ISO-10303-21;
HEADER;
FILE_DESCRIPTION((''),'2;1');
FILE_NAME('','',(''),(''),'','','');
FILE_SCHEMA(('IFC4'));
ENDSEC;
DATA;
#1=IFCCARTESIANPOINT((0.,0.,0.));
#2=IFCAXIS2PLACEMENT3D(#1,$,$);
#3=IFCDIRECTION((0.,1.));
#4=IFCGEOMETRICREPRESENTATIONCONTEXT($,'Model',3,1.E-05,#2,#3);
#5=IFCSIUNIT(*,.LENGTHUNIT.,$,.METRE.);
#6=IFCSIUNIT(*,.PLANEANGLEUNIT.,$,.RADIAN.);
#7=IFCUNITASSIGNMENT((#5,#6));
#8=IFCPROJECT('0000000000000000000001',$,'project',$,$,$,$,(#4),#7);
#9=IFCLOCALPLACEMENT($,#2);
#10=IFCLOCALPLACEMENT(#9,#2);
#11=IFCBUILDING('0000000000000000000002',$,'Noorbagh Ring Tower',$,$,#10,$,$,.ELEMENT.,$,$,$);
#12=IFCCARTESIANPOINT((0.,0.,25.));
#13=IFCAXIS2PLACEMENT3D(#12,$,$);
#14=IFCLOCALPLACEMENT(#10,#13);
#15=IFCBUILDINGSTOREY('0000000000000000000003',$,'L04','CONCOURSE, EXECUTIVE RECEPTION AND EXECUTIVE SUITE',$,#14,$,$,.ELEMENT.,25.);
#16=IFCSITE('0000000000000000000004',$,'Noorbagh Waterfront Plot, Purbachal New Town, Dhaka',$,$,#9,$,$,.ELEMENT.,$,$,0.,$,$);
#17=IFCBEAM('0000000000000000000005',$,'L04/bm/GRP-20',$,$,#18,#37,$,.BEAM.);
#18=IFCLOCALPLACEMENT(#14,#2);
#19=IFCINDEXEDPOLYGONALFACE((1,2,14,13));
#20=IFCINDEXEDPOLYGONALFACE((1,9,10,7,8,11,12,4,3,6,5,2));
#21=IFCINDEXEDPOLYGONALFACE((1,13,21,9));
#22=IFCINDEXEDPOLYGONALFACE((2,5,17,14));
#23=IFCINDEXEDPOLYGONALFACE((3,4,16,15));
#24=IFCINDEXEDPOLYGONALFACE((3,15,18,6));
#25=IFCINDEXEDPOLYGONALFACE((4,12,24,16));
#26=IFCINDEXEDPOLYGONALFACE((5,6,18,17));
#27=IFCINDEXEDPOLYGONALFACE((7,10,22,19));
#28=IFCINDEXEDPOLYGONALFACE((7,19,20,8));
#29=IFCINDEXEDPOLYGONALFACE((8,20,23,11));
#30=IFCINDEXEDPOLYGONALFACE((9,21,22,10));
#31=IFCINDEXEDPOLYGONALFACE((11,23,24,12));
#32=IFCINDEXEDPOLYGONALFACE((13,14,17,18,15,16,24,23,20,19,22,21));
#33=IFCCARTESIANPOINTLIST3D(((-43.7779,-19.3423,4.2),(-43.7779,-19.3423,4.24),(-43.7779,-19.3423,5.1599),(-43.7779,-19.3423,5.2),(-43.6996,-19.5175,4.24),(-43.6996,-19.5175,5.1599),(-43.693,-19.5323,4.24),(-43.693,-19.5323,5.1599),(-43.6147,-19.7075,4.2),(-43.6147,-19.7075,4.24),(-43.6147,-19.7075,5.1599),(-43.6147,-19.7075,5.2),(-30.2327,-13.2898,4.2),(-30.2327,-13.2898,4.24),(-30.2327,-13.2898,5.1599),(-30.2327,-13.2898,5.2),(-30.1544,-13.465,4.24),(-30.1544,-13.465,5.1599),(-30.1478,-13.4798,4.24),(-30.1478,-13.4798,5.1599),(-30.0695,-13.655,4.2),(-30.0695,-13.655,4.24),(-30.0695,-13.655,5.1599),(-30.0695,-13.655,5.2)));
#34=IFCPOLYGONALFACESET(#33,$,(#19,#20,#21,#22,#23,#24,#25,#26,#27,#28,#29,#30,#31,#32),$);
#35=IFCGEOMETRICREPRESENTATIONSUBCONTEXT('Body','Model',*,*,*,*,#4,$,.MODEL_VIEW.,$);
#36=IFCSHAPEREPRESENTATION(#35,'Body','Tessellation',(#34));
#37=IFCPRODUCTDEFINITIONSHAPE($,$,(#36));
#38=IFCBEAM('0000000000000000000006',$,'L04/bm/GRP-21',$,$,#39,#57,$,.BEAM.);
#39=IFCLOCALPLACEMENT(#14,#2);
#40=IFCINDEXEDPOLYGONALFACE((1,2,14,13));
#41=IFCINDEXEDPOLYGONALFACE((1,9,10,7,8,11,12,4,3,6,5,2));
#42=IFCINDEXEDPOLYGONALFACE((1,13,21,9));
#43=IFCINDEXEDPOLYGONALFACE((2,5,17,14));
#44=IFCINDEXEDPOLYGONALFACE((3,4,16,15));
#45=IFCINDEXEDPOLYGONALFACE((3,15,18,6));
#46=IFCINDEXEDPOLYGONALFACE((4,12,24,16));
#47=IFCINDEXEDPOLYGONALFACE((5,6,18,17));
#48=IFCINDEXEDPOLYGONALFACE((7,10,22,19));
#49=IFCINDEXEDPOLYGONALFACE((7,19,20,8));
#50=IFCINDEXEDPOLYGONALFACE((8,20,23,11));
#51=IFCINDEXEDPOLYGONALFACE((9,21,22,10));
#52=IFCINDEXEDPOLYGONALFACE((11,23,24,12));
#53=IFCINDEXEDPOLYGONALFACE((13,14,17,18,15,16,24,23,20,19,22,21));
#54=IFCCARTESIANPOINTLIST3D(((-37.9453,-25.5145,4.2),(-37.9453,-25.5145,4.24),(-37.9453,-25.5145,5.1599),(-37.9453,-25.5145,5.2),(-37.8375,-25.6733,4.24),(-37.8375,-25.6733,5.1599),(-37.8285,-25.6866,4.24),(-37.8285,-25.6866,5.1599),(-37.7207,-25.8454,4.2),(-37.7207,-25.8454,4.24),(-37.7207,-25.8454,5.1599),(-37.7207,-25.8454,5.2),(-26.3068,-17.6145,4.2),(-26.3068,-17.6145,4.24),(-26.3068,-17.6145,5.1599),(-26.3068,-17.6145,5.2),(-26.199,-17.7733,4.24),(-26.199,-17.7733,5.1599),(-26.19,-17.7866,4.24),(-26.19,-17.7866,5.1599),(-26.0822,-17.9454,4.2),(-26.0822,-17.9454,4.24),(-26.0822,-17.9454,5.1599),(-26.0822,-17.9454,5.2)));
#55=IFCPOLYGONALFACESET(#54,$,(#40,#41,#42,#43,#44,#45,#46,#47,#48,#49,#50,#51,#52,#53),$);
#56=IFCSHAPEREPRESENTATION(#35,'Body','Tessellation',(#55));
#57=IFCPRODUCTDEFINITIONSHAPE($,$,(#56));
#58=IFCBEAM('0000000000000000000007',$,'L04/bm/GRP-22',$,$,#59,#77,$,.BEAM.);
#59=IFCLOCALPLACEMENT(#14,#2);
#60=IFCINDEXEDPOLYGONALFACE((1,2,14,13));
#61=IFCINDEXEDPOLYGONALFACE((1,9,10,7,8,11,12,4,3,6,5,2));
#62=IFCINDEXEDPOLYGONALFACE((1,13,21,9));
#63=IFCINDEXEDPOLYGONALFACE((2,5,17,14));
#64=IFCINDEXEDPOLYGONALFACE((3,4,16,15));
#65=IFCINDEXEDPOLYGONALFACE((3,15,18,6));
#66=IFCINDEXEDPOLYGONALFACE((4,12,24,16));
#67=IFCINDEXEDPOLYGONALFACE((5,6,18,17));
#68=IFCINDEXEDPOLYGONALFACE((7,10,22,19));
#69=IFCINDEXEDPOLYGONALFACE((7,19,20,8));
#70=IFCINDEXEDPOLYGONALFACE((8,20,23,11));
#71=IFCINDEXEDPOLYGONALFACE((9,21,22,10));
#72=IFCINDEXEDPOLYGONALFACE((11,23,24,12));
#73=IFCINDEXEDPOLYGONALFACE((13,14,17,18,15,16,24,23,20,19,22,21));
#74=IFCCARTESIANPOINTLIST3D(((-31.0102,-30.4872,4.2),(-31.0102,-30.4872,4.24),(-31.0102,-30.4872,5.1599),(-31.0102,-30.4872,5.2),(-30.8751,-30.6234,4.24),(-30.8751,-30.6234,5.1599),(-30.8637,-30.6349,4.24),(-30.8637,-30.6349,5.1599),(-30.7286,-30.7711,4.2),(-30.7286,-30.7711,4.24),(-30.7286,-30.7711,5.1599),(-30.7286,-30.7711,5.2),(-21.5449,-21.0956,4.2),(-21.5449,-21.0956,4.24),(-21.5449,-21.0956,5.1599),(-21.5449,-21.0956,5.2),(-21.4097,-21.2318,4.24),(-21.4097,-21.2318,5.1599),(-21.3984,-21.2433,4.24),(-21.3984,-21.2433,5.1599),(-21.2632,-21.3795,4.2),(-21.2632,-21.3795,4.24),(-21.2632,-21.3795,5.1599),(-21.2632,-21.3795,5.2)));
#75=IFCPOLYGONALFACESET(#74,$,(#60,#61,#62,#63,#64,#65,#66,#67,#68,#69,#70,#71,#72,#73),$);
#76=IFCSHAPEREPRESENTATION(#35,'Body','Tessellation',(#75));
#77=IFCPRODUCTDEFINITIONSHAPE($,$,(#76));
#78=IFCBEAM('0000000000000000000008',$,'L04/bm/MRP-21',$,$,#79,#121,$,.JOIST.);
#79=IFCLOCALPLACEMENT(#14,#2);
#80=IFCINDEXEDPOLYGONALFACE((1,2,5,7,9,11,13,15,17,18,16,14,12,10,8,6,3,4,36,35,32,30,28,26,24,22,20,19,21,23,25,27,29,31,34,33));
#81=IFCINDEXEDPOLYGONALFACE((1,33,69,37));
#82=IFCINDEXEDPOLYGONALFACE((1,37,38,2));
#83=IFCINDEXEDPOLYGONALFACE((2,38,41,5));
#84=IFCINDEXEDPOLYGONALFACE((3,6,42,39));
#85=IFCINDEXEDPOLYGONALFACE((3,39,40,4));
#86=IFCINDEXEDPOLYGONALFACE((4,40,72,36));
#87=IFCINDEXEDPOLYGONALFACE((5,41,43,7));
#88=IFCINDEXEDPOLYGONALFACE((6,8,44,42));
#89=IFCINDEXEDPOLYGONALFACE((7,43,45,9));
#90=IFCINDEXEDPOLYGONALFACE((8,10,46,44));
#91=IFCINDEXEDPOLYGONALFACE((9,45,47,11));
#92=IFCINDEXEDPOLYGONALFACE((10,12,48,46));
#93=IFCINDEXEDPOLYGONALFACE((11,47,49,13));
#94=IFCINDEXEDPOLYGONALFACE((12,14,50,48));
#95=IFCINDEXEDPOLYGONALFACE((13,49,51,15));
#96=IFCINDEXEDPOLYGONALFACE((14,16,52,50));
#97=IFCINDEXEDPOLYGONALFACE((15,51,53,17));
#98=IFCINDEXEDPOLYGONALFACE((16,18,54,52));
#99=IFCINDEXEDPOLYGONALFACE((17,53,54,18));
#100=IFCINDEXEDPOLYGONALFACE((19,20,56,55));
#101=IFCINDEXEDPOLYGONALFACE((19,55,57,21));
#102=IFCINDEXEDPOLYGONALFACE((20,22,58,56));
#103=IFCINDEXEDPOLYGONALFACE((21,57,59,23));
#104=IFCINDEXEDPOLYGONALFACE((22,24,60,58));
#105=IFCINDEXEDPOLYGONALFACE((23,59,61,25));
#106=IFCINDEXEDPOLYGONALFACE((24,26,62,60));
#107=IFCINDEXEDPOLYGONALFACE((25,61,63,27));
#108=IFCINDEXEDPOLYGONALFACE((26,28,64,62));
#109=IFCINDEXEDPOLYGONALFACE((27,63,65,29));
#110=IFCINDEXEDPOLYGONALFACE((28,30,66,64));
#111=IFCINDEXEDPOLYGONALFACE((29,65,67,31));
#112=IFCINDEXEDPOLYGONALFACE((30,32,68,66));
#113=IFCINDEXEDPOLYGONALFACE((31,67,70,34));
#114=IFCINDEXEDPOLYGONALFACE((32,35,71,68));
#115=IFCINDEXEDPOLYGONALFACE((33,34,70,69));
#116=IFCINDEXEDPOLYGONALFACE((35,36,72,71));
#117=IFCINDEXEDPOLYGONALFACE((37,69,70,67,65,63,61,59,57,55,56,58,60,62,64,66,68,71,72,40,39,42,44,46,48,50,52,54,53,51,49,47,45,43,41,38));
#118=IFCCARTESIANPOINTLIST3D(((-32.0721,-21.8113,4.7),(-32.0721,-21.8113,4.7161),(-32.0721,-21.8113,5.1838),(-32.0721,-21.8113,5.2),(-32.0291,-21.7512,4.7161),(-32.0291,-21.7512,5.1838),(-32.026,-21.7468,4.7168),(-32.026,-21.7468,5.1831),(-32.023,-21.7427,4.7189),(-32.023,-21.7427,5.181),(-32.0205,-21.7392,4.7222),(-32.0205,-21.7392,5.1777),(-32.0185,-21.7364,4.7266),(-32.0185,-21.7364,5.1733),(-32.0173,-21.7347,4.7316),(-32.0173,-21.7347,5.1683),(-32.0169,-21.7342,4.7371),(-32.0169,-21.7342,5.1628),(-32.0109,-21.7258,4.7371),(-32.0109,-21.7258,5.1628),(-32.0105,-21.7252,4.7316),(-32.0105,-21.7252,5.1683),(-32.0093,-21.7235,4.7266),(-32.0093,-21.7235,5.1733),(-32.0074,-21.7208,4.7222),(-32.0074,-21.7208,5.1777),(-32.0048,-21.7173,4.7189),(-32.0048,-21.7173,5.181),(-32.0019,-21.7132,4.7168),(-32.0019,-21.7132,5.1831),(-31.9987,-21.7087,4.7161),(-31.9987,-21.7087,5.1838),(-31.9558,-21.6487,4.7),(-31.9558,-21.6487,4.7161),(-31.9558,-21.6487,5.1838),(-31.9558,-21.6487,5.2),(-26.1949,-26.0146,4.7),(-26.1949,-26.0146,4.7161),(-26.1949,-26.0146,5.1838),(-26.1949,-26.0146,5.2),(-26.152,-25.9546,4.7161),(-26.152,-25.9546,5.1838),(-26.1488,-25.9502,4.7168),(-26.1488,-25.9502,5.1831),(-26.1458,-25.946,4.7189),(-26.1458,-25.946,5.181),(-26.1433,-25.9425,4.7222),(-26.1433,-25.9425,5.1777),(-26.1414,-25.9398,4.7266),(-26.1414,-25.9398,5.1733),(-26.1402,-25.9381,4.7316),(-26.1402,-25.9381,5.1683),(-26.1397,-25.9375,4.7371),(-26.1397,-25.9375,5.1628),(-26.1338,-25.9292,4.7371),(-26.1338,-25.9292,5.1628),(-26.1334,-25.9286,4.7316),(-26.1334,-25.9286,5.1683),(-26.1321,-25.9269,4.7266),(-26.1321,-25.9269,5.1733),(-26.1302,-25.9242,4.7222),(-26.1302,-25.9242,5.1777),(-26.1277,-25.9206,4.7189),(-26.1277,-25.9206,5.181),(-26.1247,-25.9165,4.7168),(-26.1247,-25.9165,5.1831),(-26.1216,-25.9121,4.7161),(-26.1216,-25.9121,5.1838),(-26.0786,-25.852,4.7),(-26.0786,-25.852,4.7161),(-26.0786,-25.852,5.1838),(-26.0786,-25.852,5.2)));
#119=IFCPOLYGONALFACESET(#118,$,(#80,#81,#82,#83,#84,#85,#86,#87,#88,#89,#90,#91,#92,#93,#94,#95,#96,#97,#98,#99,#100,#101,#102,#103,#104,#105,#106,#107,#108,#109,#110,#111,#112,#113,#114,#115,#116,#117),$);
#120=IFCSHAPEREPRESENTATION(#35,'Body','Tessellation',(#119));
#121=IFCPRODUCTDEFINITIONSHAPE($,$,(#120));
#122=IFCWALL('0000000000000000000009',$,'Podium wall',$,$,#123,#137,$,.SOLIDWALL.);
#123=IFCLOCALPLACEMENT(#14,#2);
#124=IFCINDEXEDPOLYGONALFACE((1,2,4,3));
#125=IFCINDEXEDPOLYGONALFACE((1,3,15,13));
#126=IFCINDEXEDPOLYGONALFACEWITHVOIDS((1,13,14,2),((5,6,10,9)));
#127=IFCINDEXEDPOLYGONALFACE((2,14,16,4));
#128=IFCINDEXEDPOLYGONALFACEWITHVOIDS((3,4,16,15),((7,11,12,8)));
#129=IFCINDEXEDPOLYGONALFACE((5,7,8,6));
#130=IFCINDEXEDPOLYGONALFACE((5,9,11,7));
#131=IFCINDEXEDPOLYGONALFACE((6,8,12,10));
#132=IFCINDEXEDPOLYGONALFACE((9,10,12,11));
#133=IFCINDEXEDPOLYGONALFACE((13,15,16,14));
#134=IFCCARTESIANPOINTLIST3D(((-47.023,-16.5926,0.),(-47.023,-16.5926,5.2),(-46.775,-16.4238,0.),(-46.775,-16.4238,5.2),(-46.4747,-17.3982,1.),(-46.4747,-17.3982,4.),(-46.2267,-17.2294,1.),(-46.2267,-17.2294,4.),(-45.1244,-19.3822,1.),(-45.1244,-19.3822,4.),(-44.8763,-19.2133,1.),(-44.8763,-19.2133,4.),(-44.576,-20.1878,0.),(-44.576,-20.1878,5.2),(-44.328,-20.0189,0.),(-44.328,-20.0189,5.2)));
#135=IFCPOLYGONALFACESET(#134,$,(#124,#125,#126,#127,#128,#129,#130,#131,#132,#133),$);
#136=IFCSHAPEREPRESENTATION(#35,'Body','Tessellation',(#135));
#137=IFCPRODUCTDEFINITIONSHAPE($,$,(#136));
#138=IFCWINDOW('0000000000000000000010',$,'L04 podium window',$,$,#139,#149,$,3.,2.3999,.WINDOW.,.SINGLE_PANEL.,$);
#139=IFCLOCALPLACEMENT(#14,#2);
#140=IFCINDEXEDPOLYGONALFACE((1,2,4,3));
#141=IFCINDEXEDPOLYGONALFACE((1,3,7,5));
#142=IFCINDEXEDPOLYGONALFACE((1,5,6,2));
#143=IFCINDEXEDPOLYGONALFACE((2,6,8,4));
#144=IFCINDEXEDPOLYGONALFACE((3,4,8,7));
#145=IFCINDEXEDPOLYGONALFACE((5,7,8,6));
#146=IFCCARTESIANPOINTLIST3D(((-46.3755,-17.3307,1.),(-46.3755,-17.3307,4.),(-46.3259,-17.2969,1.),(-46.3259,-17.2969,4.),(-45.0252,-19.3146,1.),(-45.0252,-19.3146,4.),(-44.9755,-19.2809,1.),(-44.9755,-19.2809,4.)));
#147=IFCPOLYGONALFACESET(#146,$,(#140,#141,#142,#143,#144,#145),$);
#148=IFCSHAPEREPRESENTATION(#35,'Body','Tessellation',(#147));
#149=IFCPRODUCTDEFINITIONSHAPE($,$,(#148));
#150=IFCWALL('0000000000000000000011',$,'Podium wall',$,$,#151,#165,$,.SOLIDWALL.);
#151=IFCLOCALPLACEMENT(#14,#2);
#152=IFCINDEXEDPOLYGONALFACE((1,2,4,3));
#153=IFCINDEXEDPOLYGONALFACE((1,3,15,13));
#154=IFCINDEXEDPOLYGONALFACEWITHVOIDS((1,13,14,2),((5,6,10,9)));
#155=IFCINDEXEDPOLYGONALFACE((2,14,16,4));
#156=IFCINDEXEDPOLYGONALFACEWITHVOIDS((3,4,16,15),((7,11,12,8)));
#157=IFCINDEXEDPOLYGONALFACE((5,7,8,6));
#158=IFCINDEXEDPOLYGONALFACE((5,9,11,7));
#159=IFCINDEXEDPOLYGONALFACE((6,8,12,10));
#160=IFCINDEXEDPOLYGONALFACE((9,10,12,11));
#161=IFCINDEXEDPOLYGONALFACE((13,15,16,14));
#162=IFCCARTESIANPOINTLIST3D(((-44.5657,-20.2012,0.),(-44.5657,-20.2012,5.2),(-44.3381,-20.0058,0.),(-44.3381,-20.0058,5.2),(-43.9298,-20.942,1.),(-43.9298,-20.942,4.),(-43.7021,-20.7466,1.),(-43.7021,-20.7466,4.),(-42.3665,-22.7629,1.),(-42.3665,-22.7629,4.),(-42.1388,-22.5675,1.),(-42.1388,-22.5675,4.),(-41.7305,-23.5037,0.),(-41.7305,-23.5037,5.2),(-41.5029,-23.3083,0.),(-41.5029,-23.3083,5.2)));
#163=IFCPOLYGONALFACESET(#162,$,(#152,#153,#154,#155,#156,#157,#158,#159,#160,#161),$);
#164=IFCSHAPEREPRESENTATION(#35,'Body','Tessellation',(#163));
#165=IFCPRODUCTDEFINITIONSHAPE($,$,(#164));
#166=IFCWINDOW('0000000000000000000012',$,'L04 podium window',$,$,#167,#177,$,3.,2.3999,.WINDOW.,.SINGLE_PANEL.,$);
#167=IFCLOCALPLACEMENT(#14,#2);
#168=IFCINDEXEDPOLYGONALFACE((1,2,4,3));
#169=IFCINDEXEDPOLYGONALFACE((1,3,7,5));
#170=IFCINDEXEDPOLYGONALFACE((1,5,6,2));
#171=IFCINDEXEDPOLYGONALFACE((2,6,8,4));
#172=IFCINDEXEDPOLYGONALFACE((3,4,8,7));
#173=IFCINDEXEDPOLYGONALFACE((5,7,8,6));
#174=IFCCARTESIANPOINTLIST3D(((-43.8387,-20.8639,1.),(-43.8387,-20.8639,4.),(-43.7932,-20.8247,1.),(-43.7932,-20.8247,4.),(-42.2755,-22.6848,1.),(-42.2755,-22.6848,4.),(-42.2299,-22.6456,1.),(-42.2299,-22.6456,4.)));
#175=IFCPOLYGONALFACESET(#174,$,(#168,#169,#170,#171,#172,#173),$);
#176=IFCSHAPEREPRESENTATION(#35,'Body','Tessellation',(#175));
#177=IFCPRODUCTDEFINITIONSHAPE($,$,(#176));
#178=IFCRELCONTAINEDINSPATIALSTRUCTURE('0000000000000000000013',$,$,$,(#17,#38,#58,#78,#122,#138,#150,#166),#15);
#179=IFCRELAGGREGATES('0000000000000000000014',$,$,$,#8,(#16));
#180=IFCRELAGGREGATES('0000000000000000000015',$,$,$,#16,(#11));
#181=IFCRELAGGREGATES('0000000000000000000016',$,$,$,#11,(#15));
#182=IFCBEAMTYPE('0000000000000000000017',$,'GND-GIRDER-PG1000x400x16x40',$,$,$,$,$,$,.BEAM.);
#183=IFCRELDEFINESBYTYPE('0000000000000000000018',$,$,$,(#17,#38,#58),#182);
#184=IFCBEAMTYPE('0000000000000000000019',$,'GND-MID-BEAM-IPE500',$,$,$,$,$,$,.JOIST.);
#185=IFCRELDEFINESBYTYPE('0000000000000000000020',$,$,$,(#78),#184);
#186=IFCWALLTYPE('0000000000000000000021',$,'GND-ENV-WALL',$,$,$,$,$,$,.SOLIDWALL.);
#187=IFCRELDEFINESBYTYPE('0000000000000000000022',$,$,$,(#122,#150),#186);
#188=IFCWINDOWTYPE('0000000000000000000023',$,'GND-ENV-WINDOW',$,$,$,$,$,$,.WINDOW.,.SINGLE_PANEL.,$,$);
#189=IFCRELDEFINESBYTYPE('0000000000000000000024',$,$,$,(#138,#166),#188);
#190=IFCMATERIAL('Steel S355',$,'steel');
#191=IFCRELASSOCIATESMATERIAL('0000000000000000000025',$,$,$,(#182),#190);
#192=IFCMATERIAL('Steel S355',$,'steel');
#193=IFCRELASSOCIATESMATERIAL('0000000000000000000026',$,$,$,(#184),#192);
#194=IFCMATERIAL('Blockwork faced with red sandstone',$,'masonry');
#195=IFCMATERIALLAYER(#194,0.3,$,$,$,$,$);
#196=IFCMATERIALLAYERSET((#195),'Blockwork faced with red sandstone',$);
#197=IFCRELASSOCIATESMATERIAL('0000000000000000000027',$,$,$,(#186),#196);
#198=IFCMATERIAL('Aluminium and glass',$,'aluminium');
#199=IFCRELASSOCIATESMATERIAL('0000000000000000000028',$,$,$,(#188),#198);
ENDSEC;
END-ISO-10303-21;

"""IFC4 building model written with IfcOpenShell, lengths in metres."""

from ifc_helpers import new_model, si_unit, direction, frame, frame_2d, origin, origin_2d, place, context, subcontext, project, spatial, rectangle, i_section, extrude, material, layer, layer_set, material_profile, profile_set, type_object, element, fill, save


model = new_model("IFC4")

# Units and contexts
model_context = context("Model", 3, precision=1e-05, world=origin(), true_north=direction((0.0, 1.0)))
body_context = subcontext(model_context, "Body", "Model", "MODEL_VIEW")
ifc_project = project(units=[si_unit("LENGTHUNIT", "METRE"), si_unit("PLANEANGLEUNIT", "RADIAN")], contexts=[model_context])

# Site, building, storey
site_placement = place(None, origin())
site = spatial("IfcSite", under=ifc_project, at=site_placement, Name="Noorbagh Waterfront Plot, Purbachal New Town, Dhaka", CompositionType="ELEMENT", RefElevation=0.0)
building_placement = place(site_placement, origin())
building = spatial("IfcBuilding", under=site, at=building_placement, Name="Noorbagh Ring Tower", CompositionType="ELEMENT")
storey_placement = place(building_placement, frame((0.0, 0.0, 25.0)))
storey = spatial("IfcBuildingStorey", under=building, at=storey_placement, Name="L04", Description="CONCOURSE, EXECUTIVE RECEPTION AND EXECUTIVE SUITE", CompositionType="ELEMENT", Elevation=25.0)

# Beams
ifc_material_1 = material(Name="Steel S355", Category="steel")
ifc_material_profile_1 = material_profile(ifc_material_1, i_section(OverallWidth=0.3999, OverallDepth=1.0, WebThickness=0.0161, FlangeThickness=0.04, at=origin_2d()), Name="PG1000x400x16x40")
ifc_profile_set_1 = profile_set([ifc_material_profile_1], Name="Steel S355")
beam_type_1 = type_object("IfcBeamType", Name="GND-GIRDER-PG1000x400x16x40", PredefinedType="BEAM", material=ifc_profile_set_1)
beam_1_placement = place(storey_placement, frame((-43.6963, -19.5249, 4.7), z_axis=(0.912999, 0.407962, 0.0), x_axis=(-0.407962, 0.912999, 0.0)))
element("IfcBeam", 1, at=beam_1_placement, inside=storey, type_object=beam_type_1, Name="L04/bm/GRP-20", PredefinedType="BEAM", context=body_context, shape_type="SweptSolid", body=[
    extrude(i_section(OverallWidth=0.3999, OverallDepth=1.0, WebThickness=0.0161, FlangeThickness=0.04, at=origin_2d()), origin(), (0.0, 0.0, 1.0), 14.8359),
])
beam_2_placement = place(storey_placement, frame((-37.833, -25.6799, 4.7), z_axis=(0.827397, 0.561618, 0.0), x_axis=(-0.561618, 0.827397, 0.0)))
element("IfcBeam", 2, at=beam_2_placement, inside=storey, type_object=beam_type_1, Name="L04/bm/GRP-21", PredefinedType="BEAM", context=body_context, shape_type="SweptSolid", body=[
    extrude(i_section(OverallWidth=0.3999, OverallDepth=1.0, WebThickness=0.0161, FlangeThickness=0.04, at=origin_2d()), origin(), (0.0, 0.0, 1.0), 14.0664),
])
beam_3_placement = place(storey_placement, frame((-30.8694, -30.6292, 4.7), z_axis=(0.709866, 0.704337, 0.0), x_axis=(-0.704337, 0.709866, 0.0)))
element("IfcBeam", 3, at=beam_3_placement, inside=storey, type_object=beam_type_1, Name="L04/bm/GRP-22", PredefinedType="BEAM", context=body_context, shape_type="SweptSolid", body=[
    extrude(i_section(OverallWidth=0.3999, OverallDepth=1.0, WebThickness=0.0161, FlangeThickness=0.04, at=origin_2d()), origin(), (0.0, 0.0, 1.0), 13.334),
])
ifc_material_2 = material(Name="Steel S355", Category="steel")
ifc_material_profile_2 = material_profile(ifc_material_2, i_section(OverallWidth=0.2, OverallDepth=0.5, WebThickness=0.0103, FlangeThickness=0.0161, FilletRadius=0.021, at=origin_2d()), Name="IPE500")
ifc_profile_set_2 = profile_set([ifc_material_profile_2], Name="Steel S355")
beam_type_2 = type_object("IfcBeamType", Name="GND-MID-BEAM-IPE500", PredefinedType="JOIST", material=ifc_profile_set_2)
beam_4_placement = place(storey_placement, frame((-32.0139, -21.73, 4.95), z_axis=(0.813382, -0.58173, 0.0), x_axis=(0.58173, 0.813382, 0.0)))
element("IfcBeam", 4, at=beam_4_placement, inside=storey, type_object=beam_type_2, Name="L04/bm/MRP-21", PredefinedType="JOIST", context=body_context, shape_type="SweptSolid", body=[
    extrude(i_section(OverallWidth=0.2, OverallDepth=0.5, WebThickness=0.0103, FlangeThickness=0.0161, FilletRadius=0.021, at=origin_2d()), origin(), (0.0, 0.0, 1.0), 7.2256),
])

# Walls, openings, windows
ifc_material_3 = material(Name="Blockwork faced with red sandstone", Category="masonry")
ifc_layer_1 = layer(ifc_material_3, 0.3)
ifc_layer_set_1 = layer_set([ifc_layer_1], Name="Blockwork faced with red sandstone")
wall_type = type_object("IfcWallType", Name="GND-ENV-WALL", PredefinedType="SOLIDWALL", material=ifc_layer_set_1)
wall_1_placement = place(storey_placement, frame((-46.8989, -16.5083, 0.0), z_axis=(0.0, 0.0, 1.0), x_axis=(0.562668, -0.826683, 0.0)))
wall_1 = element("IfcWall", 5, at=wall_1_placement, inside=storey, type_object=wall_type, Name="Podium wall", PredefinedType="SOLIDWALL", context=body_context, shape_type="SweptSolid", body=[
    extrude(rectangle(XDim=4.3489, YDim=0.3, at=frame_2d((2.1743, 0.0))), origin(), (0.0, 0.0, 1.0), 5.2),
])
opening_1_placement = place(wall_1_placement, frame((0.9744, 0.0, 1.0)))
opening_1 = element("IfcOpeningElement", 6, at=opening_1_placement, cuts=wall_1, PredefinedType="OPENING", context=body_context, shape_type="SweptSolid", body=[
    extrude(rectangle(XDim=2.3999, YDim=3.0, at=frame_2d((1.2, 1.5))), frame((0.0, 0.1602, 0.0), z_axis=(0.0, -1.0, 0.0), x_axis=(1.0, 0.0, 0.0)), (0.0, 0.0, 1.0), 0.3201),
])
ifc_material_4 = material(Name="Aluminium and glass", Category="aluminium")
window_type = type_object("IfcWindowType", Name="GND-ENV-WINDOW", PartitioningType="SINGLE_PANEL", PredefinedType="WINDOW", material=ifc_material_4)
window_1_placement = place(opening_1_placement, origin())
window_1 = element("IfcWindow", 7, at=window_1_placement, inside=storey, type_object=window_type, Name="L04 podium window", OverallHeight=3.0, OverallWidth=2.3999, PartitioningType="SINGLE_PANEL", PredefinedType="WINDOW", context=body_context, shape_type="SweptSolid", body=[
    extrude(rectangle(XDim=2.3999, YDim=3.0, at=frame_2d((1.2, 1.5))), frame((0.0, 0.03, 0.0), z_axis=(0.0, -1.0, 0.0), x_axis=(1.0, 0.0, 0.0)), (0.0, 0.0, 1.0), 0.0601),
])
fill(opening_1, window_1)
wall_2_placement = place(storey_placement, frame((-44.4519, -20.1035, 0.0), z_axis=(0.0, 0.0, 1.0), x_axis=(0.651387, -0.758746, 0.0)))
wall_2 = element("IfcWall", 8, at=wall_2_placement, inside=storey, type_object=wall_type, Name="Podium wall", PredefinedType="SOLIDWALL", context=body_context, shape_type="SweptSolid", body=[
    extrude(rectangle(XDim=4.3525, YDim=0.3, at=frame_2d((2.1763, 0.0))), origin(), (0.0, 0.0, 1.0), 5.2),
])
opening_2_placement = place(wall_2_placement, frame((0.9763, 0.0, 1.0)))
opening_2 = element("IfcOpeningElement", 9, at=opening_2_placement, cuts=wall_2, PredefinedType="OPENING", context=body_context, shape_type="SweptSolid", body=[
    extrude(rectangle(XDim=2.3999, YDim=3.0, at=frame_2d((1.2, 1.5))), frame((0.0, 0.1602, 0.0), z_axis=(0.0, -1.0, 0.0), x_axis=(1.0, 0.0, 0.0)), (0.0, 0.0, 1.0), 0.3201),
])
window_2_placement = place(opening_2_placement, origin())
window_2 = element("IfcWindow", 10, at=window_2_placement, inside=storey, type_object=window_type, Name="L04 podium window", OverallHeight=3.0, OverallWidth=2.3999, PartitioningType="SINGLE_PANEL", PredefinedType="WINDOW", context=body_context, shape_type="SweptSolid", body=[
    extrude(rectangle(XDim=2.3999, YDim=3.0, at=frame_2d((1.2, 1.5))), frame((0.0, 0.03, 0.0), z_axis=(0.0, -1.0, 0.0), x_axis=(1.0, 0.0, 0.0)), (0.0, 0.0, 1.0), 0.0601),
])
fill(opening_2, window_2)

save(model, "model.ifc")
